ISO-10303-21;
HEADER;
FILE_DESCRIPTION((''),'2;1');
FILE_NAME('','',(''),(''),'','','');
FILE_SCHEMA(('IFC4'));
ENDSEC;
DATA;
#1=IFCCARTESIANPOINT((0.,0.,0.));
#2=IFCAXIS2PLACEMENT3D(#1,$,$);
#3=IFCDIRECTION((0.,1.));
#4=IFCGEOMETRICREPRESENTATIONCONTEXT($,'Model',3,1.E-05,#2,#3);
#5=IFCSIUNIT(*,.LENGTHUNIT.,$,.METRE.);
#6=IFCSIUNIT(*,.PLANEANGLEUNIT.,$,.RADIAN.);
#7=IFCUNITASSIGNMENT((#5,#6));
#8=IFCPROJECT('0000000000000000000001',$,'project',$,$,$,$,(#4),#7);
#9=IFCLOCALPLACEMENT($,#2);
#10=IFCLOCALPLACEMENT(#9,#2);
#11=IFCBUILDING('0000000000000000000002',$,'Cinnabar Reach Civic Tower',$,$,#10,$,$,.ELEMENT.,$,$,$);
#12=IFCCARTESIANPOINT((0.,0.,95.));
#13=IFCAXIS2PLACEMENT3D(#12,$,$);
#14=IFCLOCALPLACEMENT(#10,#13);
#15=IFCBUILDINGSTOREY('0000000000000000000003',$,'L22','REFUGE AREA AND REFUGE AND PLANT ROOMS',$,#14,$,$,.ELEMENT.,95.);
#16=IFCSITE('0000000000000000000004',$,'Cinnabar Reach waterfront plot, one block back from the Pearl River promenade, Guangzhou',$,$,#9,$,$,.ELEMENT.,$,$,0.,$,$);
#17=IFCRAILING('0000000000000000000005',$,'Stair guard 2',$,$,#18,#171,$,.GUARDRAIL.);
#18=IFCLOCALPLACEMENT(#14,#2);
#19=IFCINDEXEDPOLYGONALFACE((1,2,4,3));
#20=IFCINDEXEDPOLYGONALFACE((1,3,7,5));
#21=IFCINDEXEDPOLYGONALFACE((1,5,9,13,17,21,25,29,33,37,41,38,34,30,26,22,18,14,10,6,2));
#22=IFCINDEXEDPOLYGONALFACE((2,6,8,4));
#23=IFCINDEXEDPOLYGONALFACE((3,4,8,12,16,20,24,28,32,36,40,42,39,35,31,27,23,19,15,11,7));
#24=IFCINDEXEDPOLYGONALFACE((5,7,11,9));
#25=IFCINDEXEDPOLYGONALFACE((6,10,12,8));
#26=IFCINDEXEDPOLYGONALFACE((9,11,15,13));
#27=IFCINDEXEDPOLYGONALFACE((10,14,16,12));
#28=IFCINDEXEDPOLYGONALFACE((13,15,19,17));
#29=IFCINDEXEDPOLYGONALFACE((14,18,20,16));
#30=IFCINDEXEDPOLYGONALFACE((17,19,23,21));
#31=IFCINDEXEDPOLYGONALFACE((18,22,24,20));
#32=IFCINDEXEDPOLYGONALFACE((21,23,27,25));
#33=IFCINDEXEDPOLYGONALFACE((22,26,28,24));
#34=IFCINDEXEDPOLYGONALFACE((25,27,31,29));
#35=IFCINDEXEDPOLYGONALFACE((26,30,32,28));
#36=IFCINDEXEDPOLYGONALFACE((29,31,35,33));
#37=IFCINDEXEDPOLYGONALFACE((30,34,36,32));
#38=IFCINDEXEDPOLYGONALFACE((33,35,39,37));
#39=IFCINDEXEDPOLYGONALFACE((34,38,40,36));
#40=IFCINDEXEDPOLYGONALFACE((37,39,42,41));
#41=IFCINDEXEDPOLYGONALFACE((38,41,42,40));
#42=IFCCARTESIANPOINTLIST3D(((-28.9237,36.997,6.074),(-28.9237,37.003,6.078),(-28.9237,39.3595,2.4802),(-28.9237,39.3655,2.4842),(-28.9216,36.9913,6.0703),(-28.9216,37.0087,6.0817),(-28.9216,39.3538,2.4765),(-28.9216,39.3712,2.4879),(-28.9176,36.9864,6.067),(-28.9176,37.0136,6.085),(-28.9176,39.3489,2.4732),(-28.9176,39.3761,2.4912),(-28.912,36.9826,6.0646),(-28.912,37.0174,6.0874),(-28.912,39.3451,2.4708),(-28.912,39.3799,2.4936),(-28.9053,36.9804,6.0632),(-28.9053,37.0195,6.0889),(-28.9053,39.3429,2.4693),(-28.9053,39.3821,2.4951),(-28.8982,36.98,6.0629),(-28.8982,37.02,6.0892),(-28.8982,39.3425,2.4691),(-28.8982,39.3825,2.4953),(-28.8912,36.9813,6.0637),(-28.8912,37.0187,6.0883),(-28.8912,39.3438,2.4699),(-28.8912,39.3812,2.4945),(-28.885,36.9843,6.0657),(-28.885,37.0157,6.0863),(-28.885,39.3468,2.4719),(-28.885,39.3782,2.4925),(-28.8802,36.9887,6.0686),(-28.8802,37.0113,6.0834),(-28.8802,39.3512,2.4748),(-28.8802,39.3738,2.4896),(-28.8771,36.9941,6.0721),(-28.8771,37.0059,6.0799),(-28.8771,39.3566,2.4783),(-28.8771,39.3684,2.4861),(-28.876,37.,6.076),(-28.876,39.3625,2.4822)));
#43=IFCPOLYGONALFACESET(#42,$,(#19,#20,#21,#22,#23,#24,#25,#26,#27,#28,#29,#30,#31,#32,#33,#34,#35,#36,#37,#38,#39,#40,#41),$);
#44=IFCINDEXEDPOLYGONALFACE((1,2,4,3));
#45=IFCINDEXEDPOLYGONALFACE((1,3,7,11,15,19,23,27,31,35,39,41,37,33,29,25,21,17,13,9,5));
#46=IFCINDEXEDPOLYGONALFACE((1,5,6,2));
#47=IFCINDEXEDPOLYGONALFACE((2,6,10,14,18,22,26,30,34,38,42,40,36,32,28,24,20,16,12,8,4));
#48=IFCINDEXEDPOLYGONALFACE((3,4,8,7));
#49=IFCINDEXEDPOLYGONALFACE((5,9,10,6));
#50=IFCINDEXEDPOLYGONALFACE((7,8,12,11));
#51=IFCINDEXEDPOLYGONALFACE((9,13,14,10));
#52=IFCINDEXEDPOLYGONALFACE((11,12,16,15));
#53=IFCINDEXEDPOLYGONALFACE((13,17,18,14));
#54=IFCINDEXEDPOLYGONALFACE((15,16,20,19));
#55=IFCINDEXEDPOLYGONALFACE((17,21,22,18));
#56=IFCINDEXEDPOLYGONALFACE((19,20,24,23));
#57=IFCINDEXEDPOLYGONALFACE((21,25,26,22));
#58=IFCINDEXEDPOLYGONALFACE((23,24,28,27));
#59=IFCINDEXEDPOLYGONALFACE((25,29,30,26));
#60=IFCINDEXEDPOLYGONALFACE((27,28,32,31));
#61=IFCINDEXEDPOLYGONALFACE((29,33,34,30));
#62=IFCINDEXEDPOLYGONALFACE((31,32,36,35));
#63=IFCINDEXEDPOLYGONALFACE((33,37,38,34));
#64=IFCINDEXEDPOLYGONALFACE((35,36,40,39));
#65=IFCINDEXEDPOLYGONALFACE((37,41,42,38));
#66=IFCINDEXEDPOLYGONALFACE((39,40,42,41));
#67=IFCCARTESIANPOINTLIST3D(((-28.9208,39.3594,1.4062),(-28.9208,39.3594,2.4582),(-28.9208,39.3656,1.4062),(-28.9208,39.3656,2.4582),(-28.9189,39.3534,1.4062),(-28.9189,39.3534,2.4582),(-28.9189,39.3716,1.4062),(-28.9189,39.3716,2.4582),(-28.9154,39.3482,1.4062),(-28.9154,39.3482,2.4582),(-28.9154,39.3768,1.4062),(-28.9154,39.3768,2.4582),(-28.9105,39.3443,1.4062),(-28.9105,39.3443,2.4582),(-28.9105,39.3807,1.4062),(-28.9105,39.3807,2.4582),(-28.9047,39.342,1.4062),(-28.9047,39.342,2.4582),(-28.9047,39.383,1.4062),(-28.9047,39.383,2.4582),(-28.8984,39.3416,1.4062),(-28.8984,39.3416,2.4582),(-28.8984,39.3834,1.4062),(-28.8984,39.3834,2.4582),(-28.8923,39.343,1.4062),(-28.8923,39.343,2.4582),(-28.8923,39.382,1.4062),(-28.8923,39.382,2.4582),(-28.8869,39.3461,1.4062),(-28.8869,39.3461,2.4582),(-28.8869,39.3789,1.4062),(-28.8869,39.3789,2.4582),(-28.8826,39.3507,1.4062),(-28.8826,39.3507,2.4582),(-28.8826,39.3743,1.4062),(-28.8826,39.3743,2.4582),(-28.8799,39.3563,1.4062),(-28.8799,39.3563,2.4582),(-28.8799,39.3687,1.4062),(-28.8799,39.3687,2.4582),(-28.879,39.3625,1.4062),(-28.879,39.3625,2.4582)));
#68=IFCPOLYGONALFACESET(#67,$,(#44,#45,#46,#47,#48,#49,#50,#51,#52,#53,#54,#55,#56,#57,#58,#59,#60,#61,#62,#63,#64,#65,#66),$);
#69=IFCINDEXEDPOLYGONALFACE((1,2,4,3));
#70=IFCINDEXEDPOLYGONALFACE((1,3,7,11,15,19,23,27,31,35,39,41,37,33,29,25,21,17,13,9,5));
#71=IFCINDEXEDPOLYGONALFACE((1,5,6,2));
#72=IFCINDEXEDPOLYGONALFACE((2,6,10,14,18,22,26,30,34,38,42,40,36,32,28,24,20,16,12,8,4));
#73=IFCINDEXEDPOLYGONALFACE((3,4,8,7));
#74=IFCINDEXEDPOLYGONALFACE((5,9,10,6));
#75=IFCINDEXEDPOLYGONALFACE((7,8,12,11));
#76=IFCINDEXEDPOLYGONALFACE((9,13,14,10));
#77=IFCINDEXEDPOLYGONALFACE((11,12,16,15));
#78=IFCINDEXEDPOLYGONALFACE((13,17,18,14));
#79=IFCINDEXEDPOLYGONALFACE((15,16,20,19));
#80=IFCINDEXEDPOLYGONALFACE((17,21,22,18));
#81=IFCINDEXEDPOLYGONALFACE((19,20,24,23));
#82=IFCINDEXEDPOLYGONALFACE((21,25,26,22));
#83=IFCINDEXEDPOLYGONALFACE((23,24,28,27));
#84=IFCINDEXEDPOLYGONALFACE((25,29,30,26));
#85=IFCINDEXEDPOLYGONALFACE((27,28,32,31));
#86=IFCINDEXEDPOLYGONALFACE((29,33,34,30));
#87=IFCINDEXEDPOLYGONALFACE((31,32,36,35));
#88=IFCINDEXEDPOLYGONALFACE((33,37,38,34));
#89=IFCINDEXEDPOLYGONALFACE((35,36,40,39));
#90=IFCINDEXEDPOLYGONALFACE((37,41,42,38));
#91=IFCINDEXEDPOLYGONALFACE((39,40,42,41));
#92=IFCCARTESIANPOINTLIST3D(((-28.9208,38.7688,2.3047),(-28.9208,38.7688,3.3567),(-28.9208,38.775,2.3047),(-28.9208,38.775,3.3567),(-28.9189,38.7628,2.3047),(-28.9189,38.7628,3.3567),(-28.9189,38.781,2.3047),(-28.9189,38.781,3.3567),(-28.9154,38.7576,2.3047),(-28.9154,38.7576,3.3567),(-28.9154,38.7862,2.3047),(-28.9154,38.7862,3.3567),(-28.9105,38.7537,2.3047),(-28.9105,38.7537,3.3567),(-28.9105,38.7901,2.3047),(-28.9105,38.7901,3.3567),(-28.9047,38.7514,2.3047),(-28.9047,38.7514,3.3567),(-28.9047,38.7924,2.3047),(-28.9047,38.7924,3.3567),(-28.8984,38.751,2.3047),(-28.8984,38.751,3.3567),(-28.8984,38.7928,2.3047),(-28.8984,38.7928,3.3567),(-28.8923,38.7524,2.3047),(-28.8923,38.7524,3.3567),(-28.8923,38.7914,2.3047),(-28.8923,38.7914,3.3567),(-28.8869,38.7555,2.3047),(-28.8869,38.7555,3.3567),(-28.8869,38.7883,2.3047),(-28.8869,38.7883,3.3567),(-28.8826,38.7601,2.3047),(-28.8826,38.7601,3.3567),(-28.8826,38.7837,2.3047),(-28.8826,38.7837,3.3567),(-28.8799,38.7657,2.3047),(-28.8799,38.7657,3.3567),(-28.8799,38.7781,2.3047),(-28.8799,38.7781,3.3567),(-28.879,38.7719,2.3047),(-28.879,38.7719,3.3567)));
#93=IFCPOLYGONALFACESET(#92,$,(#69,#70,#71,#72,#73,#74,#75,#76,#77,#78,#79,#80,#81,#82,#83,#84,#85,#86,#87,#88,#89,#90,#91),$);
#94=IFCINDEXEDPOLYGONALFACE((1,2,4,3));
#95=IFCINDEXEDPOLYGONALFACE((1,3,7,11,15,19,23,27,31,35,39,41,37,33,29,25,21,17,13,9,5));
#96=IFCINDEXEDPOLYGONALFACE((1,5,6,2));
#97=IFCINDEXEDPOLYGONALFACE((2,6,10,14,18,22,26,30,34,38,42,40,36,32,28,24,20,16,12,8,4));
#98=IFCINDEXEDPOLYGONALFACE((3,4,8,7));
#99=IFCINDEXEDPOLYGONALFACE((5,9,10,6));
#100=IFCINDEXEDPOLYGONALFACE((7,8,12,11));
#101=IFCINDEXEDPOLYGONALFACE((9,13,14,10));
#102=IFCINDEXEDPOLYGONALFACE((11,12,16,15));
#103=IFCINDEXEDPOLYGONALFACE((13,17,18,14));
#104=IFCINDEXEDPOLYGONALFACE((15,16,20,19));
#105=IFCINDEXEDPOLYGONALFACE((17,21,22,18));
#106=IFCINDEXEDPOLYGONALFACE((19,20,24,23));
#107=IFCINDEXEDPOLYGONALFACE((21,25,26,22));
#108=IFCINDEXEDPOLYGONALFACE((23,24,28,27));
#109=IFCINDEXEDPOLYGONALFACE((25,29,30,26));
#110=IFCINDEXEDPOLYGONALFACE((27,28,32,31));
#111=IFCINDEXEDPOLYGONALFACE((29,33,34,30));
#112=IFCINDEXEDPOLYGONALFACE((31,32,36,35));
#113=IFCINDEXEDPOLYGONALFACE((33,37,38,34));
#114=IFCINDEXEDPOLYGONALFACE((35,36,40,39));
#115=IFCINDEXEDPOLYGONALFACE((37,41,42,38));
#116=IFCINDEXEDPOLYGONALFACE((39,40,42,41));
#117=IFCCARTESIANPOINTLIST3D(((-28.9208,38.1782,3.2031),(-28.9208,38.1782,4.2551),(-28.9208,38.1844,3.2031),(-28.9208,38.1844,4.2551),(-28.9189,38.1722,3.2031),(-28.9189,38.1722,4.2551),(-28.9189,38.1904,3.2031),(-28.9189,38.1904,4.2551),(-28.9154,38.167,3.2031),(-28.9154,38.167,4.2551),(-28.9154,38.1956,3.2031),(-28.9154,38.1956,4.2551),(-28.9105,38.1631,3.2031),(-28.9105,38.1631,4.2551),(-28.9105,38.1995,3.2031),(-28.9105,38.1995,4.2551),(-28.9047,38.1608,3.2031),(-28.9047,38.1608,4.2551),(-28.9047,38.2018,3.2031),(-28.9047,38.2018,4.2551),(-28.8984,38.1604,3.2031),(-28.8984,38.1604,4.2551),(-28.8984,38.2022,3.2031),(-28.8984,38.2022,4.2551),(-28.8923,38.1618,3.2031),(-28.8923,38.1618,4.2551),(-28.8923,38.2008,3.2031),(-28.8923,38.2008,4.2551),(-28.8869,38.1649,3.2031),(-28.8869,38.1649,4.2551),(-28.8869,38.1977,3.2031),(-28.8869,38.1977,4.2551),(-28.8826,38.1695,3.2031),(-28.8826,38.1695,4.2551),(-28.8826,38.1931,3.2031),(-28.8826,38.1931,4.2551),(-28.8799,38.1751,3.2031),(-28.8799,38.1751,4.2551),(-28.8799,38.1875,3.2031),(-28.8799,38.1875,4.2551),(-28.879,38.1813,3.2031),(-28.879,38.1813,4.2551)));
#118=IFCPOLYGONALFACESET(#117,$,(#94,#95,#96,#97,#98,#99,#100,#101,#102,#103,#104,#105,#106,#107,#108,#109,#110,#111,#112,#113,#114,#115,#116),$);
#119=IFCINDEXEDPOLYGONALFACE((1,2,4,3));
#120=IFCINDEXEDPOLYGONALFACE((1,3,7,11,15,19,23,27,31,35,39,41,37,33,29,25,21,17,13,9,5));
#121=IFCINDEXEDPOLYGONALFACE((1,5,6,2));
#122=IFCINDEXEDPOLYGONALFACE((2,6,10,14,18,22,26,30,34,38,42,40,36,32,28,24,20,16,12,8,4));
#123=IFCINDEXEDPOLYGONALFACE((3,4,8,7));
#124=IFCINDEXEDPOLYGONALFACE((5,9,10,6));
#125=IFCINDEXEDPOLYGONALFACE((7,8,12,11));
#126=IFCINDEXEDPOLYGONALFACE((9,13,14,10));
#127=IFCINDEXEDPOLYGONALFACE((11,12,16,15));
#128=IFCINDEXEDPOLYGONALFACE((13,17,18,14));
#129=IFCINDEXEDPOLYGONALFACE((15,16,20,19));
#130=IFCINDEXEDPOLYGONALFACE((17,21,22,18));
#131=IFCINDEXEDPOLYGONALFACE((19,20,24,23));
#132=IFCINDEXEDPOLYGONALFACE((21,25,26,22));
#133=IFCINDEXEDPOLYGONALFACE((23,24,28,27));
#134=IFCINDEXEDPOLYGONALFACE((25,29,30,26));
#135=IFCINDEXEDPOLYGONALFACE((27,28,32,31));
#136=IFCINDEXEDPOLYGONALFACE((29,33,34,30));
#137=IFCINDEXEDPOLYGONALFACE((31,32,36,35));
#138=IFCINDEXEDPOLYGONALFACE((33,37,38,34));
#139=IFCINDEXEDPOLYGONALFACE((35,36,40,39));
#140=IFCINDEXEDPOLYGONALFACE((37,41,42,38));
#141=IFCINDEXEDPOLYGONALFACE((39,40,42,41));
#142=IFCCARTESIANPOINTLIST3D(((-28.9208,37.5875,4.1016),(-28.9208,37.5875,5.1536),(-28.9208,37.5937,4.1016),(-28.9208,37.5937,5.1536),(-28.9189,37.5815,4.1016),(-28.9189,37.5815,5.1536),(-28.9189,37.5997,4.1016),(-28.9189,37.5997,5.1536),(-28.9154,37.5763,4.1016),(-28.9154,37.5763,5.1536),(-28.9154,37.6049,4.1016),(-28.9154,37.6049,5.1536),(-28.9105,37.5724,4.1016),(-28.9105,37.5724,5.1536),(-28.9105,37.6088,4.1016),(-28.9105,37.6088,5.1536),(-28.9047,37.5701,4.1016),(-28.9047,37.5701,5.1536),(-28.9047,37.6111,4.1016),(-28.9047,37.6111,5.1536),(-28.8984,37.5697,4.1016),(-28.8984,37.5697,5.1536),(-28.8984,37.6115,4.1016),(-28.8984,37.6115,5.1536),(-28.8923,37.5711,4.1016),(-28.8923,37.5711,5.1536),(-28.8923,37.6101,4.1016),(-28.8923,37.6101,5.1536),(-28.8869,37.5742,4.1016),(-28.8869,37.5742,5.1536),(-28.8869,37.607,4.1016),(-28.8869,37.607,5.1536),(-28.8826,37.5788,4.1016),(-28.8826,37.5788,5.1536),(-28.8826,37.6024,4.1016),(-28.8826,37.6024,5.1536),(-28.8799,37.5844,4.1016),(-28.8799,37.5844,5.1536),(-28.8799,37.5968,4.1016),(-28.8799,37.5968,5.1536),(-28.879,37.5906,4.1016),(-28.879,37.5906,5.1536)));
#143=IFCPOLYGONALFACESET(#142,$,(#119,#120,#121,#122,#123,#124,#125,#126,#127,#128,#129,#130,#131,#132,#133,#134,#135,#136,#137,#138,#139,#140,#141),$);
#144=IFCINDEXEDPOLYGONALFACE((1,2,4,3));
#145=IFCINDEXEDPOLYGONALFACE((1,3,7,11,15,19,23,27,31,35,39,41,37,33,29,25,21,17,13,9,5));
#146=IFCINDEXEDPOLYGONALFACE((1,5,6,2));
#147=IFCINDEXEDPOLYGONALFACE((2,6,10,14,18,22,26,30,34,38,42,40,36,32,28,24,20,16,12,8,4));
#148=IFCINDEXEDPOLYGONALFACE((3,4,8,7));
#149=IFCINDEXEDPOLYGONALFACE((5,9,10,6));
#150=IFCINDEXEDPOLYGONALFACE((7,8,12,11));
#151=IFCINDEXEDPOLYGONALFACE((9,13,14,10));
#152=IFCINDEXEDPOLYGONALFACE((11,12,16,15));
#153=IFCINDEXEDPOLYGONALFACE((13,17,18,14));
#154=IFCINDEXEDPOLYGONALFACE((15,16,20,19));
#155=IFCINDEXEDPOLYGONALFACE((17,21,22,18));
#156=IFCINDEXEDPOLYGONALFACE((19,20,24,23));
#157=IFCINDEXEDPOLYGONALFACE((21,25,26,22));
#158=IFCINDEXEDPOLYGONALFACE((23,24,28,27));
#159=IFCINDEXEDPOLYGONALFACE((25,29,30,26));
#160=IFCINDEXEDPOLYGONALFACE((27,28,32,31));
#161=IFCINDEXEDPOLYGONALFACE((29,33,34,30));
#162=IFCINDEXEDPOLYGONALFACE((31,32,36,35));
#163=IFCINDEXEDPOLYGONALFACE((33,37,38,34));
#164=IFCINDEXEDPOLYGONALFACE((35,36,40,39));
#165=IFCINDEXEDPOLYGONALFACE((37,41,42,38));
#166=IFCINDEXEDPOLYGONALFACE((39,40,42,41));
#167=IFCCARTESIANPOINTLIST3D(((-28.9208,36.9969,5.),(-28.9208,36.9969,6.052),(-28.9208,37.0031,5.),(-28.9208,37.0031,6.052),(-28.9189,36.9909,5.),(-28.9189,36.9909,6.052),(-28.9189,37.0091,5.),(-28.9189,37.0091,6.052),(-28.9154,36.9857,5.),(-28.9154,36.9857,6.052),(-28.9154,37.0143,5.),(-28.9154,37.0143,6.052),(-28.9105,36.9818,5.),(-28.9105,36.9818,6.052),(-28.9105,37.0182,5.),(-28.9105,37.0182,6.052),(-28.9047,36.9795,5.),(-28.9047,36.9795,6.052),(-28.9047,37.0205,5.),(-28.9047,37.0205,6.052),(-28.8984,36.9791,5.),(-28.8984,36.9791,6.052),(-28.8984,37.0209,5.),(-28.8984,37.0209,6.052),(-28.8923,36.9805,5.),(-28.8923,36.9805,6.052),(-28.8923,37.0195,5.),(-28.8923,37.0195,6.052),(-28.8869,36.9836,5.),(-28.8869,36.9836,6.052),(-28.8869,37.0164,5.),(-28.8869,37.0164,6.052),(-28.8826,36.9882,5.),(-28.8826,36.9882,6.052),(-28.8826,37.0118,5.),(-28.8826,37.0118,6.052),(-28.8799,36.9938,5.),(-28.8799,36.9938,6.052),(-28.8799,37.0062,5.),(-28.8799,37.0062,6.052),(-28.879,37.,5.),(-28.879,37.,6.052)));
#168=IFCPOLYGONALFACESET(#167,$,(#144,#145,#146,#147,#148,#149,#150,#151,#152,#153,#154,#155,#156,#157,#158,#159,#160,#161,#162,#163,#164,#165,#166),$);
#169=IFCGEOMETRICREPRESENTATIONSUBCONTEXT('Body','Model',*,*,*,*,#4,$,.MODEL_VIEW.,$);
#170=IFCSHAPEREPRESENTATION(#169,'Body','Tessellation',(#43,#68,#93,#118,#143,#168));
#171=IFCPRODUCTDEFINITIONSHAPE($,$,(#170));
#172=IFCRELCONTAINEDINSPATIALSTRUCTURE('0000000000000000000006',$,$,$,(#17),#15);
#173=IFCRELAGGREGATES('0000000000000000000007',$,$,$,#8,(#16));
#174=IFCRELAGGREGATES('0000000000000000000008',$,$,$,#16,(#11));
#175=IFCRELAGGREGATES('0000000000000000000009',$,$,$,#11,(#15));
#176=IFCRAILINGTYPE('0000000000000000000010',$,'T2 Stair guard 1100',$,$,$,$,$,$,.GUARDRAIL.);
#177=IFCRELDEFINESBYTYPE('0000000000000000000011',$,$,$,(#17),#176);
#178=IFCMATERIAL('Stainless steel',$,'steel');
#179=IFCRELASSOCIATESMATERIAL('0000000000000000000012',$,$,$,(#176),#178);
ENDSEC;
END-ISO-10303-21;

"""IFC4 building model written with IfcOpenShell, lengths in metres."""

from ifc_helpers import new_model, si_unit, direction, frame, origin, origin_2d, place, context, subcontext, project, spatial, circle, extrude, material, type_object, element, save


model = new_model("IFC4")

# Units and contexts
model_context = context("Model", 3, precision=1e-05, world=origin(), true_north=direction((0.0, 1.0)))
body_context = subcontext(model_context, "Body", "Model", "MODEL_VIEW")
ifc_project = project(units=[si_unit("LENGTHUNIT", "METRE"), si_unit("PLANEANGLEUNIT", "RADIAN")], contexts=[model_context])

# Site, building, storey
site_placement = place(None, origin())
site = spatial("IfcSite", under=ifc_project, at=site_placement, Name="Cinnabar Reach waterfront plot, one block back from the Pearl River promenade, Guangzhou", CompositionType="ELEMENT", RefElevation=0.0)
building_placement = place(site_placement, origin())
building = spatial("IfcBuilding", under=site, at=building_placement, Name="Cinnabar Reach Civic Tower", CompositionType="ELEMENT")
storey_placement = place(building_placement, frame((0.0, 0.0, 95.0)))
storey = spatial("IfcBuildingStorey", under=building, at=storey_placement, Name="L22", Description="REFUGE AREA AND REFUGE AND PLANT ROOMS", CompositionType="ELEMENT", Elevation=95.0)

# Railing
ifc_material_1 = material(Name="Stainless steel", Category="steel")
railing_type = type_object("IfcRailingType", Name="T2 Stair guard 1100", PredefinedType="GUARDRAIL", material=ifc_material_1)
railing_1_placement = place(storey_placement, frame((-28.9, 39.3625, 1.4062)))
element("IfcRailing", 1, at=railing_1_placement, inside=storey, type_object=railing_type, Name="Stair guard 2", PredefinedType="GUARDRAIL", context=body_context, shape_type="SweptSolid", body=[
    extrude(circle(Radius=0.024, at=origin_2d()), frame((0.0, 0.0, 1.076), z_axis=(0.0, -0.549318, 0.835614), x_axis=(1.0, 0.0, 0.0)), (0.0, 0.0, 1.0), 4.3008),
    extrude(circle(Radius=0.021, at=origin_2d()), origin(), (0.0, 0.0, 1.0), 1.052),
    extrude(circle(Radius=0.021, at=origin_2d()), frame((0.0, -0.5906, 0.8985)), (0.0, 0.0, 1.0), 1.052),
    extrude(circle(Radius=0.021, at=origin_2d()), frame((0.0, -1.1812, 1.7969)), (0.0, 0.0, 1.0), 1.052),
    extrude(circle(Radius=0.021, at=origin_2d()), frame((0.0, -1.7719, 2.6954)), (0.0, 0.0, 1.0), 1.052),
    extrude(circle(Radius=0.021, at=origin_2d()), frame((0.0, -2.3625, 3.5938)), (0.0, 0.0, 1.0), 1.052),
])

save(model, "model.ifc")
